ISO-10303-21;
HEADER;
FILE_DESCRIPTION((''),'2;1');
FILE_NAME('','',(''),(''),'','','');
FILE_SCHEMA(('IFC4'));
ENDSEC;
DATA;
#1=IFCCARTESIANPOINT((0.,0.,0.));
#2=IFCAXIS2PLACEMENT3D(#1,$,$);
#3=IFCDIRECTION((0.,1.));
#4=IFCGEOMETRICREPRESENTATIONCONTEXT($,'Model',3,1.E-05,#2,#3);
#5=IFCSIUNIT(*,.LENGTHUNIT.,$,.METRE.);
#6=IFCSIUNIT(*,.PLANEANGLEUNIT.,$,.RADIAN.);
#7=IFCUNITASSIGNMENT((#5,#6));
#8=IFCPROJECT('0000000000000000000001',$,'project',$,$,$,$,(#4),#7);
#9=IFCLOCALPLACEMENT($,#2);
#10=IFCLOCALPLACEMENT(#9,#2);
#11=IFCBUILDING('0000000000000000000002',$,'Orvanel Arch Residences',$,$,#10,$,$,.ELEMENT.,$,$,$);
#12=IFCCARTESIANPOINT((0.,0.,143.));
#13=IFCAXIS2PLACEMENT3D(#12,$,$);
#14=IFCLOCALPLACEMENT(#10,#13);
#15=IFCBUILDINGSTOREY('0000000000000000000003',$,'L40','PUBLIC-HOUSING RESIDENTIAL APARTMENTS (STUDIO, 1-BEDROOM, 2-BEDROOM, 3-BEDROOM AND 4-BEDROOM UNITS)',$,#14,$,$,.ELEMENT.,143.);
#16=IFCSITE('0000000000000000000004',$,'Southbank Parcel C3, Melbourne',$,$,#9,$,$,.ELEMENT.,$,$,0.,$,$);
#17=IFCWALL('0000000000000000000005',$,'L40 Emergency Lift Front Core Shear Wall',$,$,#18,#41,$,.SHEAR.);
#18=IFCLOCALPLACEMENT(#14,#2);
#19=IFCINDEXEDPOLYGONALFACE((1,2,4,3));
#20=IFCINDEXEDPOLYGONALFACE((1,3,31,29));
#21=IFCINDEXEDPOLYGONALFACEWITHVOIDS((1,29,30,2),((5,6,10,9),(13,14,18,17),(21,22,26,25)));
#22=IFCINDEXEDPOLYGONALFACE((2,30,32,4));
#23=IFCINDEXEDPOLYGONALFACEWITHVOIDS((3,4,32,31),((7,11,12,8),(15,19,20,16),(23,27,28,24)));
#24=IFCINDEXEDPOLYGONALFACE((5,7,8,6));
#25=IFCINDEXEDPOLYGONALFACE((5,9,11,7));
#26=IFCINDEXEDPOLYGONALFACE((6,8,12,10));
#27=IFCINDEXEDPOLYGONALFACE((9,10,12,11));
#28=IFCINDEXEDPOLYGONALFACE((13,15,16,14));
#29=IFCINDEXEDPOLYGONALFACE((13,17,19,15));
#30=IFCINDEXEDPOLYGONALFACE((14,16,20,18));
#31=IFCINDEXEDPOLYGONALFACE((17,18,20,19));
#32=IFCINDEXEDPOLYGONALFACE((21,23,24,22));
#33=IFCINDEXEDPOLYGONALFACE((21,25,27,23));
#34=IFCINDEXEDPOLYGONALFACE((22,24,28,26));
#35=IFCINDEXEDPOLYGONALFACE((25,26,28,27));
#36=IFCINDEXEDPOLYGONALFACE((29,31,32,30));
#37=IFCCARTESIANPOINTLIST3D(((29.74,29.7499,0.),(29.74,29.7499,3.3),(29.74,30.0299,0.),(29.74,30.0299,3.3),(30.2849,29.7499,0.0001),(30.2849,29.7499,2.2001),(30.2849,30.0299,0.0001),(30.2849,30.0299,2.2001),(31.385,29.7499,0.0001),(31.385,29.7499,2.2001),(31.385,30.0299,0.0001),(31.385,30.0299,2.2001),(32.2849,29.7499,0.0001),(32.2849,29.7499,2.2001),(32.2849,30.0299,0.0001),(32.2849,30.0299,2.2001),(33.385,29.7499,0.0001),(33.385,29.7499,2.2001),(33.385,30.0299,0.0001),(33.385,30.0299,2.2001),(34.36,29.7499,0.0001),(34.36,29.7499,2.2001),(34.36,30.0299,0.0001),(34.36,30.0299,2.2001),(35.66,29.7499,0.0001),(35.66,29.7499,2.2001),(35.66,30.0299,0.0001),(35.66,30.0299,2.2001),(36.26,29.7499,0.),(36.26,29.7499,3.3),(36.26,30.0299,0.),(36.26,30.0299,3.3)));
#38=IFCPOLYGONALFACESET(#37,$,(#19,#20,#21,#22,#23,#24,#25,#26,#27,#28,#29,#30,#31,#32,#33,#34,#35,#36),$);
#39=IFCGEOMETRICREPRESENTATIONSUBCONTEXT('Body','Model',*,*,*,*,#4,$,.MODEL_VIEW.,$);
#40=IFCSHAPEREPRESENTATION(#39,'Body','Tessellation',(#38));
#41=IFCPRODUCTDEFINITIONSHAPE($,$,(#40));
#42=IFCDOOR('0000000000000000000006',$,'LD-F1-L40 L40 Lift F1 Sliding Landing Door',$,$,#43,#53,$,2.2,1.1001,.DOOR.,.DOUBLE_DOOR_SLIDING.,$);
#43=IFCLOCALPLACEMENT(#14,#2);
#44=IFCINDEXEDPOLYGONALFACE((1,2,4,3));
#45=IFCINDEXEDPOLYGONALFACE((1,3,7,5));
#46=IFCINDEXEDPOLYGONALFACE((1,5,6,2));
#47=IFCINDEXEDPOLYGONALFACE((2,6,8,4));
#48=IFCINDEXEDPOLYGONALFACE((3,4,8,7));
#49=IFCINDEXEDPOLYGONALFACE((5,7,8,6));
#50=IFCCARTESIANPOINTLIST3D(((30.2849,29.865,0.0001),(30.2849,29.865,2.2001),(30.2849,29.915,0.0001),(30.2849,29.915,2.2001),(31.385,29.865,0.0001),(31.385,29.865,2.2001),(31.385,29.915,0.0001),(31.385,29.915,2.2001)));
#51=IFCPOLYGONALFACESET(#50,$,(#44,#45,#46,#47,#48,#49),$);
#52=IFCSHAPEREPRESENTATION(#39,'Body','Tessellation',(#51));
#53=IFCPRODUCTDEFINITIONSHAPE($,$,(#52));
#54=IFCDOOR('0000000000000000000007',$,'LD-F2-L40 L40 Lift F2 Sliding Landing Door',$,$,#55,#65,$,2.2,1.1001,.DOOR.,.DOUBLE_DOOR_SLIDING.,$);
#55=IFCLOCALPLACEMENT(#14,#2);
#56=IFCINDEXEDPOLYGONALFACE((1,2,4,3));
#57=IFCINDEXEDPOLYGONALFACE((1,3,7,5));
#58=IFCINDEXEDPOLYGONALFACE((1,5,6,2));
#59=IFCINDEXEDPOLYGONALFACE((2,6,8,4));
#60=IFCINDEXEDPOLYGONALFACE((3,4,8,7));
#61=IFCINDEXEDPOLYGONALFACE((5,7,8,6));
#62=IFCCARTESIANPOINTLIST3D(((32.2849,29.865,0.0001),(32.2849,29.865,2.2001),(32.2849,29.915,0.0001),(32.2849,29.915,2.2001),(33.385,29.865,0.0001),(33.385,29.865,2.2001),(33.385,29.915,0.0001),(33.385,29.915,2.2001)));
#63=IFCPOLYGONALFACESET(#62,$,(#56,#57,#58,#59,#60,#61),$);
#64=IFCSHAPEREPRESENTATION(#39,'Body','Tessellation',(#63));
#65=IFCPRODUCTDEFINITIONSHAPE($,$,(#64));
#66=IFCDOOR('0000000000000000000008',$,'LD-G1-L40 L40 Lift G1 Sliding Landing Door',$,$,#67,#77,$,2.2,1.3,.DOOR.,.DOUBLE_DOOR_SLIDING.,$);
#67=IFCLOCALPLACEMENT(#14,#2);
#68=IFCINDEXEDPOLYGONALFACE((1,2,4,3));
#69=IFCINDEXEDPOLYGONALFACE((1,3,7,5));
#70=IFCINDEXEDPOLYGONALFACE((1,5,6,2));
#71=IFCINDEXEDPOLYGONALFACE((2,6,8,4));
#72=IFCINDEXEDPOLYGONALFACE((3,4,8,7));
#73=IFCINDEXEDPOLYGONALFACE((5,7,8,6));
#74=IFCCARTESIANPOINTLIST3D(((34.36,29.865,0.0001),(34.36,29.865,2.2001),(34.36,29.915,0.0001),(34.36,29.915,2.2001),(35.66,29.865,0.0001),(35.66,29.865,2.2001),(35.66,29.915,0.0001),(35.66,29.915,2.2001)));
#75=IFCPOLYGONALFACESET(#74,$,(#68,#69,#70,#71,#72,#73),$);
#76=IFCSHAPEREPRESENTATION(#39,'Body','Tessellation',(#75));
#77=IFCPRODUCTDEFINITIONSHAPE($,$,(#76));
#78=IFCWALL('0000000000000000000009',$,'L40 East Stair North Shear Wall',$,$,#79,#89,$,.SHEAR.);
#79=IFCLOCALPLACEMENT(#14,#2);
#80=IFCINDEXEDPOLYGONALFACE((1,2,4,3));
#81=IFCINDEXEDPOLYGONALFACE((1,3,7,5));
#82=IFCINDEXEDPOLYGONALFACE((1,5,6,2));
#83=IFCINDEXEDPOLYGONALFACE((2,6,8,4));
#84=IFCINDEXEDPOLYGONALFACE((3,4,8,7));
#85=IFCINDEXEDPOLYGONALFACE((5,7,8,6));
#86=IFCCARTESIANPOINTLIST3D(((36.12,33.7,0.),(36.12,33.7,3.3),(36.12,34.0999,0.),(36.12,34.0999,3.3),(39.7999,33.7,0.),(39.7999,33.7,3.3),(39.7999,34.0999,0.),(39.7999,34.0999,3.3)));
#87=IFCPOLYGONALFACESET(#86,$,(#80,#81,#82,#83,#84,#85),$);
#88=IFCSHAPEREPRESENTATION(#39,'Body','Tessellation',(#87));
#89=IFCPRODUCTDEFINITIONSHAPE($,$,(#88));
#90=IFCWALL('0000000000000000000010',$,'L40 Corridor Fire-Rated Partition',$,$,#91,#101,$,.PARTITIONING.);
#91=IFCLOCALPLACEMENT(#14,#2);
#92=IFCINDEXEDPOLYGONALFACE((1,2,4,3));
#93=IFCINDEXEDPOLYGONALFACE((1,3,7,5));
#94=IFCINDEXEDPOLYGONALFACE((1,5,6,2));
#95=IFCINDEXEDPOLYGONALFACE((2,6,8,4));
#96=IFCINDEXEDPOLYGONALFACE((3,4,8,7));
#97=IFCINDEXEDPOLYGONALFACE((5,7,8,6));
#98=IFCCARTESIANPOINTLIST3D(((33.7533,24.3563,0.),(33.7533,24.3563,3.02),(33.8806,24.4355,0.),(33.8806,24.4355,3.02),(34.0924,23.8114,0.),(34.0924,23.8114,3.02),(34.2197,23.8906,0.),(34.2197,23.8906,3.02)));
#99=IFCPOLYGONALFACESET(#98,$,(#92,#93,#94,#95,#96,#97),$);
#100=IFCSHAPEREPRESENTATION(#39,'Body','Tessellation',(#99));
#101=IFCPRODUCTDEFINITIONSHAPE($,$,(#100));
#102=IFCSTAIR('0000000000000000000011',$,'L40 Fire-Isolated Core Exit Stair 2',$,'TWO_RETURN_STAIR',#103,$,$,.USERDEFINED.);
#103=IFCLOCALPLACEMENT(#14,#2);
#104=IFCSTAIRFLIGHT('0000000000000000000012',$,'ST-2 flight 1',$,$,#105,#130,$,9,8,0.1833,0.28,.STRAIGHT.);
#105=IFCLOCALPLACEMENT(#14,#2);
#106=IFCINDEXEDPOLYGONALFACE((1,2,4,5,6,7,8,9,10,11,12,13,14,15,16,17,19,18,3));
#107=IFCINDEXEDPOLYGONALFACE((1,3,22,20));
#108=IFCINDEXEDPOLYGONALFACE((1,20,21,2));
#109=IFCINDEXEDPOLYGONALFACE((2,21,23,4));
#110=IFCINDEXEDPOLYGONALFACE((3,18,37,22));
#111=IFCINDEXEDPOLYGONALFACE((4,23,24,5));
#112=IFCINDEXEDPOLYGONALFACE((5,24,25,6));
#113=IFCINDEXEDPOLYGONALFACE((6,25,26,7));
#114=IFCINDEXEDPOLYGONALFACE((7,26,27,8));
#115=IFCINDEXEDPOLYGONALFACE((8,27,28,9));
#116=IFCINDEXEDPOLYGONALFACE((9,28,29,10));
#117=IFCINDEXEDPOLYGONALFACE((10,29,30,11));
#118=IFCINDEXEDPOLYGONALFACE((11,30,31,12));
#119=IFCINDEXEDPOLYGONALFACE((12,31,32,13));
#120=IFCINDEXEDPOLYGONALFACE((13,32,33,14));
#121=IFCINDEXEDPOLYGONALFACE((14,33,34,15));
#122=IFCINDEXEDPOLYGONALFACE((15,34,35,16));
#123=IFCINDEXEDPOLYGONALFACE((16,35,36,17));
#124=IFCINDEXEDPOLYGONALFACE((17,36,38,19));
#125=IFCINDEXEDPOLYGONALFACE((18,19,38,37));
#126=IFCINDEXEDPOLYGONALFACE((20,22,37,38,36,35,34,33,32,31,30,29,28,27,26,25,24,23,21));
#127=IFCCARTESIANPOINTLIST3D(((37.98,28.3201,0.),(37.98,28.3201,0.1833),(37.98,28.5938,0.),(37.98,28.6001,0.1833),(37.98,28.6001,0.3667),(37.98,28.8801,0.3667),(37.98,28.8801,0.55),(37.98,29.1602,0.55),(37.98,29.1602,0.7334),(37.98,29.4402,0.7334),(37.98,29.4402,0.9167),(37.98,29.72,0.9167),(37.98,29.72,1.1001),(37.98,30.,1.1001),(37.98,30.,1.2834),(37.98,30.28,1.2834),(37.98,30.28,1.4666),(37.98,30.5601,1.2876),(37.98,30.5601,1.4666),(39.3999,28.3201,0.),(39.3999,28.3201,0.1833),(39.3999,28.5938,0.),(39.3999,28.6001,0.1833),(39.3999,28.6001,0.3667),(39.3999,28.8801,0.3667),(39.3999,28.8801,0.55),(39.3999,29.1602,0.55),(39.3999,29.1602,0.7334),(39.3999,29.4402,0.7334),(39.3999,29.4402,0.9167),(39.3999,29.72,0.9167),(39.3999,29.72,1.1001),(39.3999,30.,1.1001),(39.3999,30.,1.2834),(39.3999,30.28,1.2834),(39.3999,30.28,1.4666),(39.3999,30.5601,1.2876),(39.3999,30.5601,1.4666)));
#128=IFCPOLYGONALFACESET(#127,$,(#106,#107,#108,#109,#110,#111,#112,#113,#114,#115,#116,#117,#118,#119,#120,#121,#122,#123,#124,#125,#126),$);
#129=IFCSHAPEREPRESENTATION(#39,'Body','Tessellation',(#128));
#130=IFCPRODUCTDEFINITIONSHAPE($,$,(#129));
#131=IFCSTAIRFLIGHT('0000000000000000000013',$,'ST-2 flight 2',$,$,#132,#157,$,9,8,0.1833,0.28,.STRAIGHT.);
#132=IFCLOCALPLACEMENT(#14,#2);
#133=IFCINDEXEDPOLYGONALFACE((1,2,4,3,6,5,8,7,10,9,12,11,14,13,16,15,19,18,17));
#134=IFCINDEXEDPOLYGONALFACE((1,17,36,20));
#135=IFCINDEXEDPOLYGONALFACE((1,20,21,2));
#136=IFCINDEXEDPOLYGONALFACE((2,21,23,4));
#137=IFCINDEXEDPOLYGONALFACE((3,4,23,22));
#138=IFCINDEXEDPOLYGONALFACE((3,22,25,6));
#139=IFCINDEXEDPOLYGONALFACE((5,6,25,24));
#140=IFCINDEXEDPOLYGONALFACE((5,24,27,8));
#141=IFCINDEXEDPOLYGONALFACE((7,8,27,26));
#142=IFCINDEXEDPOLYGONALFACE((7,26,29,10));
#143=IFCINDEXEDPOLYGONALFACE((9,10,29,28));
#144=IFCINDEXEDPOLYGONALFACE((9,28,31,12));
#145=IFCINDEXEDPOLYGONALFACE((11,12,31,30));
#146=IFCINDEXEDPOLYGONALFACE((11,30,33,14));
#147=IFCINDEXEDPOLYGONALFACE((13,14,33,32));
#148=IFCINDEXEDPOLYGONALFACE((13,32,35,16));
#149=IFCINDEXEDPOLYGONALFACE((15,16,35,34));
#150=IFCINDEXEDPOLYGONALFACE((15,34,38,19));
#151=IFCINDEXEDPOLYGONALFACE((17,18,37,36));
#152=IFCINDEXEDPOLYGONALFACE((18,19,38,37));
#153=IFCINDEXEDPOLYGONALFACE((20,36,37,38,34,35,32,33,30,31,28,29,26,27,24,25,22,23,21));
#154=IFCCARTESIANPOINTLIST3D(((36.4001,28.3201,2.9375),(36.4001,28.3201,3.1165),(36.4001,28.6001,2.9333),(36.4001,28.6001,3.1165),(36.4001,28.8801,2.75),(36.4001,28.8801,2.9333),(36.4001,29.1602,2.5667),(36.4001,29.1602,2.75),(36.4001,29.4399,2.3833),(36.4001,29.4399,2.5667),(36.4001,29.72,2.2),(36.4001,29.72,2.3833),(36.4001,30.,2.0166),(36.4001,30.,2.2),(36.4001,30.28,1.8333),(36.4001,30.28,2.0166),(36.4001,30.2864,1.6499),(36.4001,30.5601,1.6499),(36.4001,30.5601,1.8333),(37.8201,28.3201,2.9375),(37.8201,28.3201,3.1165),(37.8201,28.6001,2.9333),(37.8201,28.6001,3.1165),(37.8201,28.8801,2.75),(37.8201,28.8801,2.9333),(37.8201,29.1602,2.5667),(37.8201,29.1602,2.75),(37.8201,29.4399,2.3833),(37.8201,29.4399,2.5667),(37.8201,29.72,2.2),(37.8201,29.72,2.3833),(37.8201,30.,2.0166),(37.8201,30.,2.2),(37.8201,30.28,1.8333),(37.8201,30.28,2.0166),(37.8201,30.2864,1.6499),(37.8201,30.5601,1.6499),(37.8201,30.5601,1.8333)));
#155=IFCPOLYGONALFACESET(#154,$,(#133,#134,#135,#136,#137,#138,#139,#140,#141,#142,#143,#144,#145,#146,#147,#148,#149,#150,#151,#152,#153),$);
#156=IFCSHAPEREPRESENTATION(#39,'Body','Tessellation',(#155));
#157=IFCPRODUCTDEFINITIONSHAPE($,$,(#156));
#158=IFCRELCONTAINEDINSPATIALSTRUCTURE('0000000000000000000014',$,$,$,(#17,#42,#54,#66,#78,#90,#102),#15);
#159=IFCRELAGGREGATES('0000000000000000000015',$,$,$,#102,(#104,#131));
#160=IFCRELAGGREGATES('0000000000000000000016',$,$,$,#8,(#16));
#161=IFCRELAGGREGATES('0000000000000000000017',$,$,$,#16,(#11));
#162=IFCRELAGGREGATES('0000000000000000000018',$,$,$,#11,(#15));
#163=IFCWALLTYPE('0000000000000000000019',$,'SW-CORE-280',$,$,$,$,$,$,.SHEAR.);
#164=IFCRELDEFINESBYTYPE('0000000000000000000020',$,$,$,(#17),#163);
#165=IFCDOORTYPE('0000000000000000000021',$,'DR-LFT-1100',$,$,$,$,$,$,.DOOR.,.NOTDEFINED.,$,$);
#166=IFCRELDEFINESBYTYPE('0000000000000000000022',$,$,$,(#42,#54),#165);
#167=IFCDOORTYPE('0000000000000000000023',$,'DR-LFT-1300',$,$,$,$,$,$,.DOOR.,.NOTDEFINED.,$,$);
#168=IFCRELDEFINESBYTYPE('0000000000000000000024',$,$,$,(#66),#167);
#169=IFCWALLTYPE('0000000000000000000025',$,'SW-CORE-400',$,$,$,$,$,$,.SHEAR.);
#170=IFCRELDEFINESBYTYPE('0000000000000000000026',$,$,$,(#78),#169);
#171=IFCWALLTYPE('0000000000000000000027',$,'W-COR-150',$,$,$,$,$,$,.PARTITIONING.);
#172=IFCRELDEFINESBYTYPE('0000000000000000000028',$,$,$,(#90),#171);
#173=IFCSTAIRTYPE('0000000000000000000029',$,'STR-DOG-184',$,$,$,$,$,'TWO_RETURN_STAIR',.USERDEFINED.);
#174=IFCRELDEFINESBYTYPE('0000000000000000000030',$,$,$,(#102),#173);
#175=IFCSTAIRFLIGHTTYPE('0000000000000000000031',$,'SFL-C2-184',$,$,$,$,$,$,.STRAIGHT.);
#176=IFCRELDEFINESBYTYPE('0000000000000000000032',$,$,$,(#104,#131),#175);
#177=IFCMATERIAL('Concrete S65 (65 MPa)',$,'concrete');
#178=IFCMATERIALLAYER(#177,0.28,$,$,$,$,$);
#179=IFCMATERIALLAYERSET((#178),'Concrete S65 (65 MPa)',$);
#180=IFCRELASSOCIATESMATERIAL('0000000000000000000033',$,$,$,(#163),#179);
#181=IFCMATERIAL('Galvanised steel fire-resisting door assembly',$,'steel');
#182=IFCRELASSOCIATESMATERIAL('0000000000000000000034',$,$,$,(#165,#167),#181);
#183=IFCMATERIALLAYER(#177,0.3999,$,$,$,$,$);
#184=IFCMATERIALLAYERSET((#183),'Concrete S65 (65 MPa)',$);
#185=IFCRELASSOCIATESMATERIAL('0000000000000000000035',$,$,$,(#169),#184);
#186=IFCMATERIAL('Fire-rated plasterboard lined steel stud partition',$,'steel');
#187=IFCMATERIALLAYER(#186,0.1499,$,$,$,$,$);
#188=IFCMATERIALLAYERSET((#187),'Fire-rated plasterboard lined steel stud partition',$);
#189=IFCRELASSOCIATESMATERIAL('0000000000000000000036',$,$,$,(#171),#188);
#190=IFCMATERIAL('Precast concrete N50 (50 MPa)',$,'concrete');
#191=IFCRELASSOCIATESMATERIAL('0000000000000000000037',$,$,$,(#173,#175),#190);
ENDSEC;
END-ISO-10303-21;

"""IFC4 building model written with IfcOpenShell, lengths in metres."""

from ifc_helpers import new_model, si_unit, direction, frame, frame_2d, origin, place, context, subcontext, project, spatial, polyline, rectangle, outline, extrude, material, layer, layer_set, type_object, element, fill, aggregate, save


model = new_model("IFC4")

# Units and contexts
model_context = context("Model", 3, precision=1e-05, world=origin(), true_north=direction((0.0, 1.0)))
body_context = subcontext(model_context, "Body", "Model", "MODEL_VIEW")
ifc_project = project(units=[si_unit("LENGTHUNIT", "METRE"), si_unit("PLANEANGLEUNIT", "RADIAN")], contexts=[model_context])

# Site, building, storey
site_placement = place(None, origin())
site = spatial("IfcSite", under=ifc_project, at=site_placement, Name="Southbank Parcel C3, Melbourne", CompositionType="ELEMENT", RefElevation=0.0)
building_placement = place(site_placement, origin())
building = spatial("IfcBuilding", under=site, at=building_placement, Name="Orvanel Arch Residences", CompositionType="ELEMENT")
storey_placement = place(building_placement, frame((0.0, 0.0, 143.0)))
storey = spatial("IfcBuildingStorey", under=building, at=storey_placement, Name="L40", Description="PUBLIC-HOUSING RESIDENTIAL APARTMENTS (STUDIO, 1-BEDROOM, 2-BEDROOM, 3-BEDROOM AND 4-BEDROOM UNITS)", CompositionType="ELEMENT", Elevation=143.0)

# Shared definitions
ifc_material_1 = material(Name="Concrete S65 (65 MPa)", Category="concrete")
ifc_layer_1 = layer(ifc_material_1, 0.28)
ifc_layer_set_1 = layer_set([ifc_layer_1], Name="Concrete S65 (65 MPa)")
wall_type_1 = type_object("IfcWallType", Name="SW-CORE-280", PredefinedType="SHEAR", material=ifc_layer_set_1)
ifc_material_2 = material(Name="Galvanised steel fire-resisting door assembly", Category="steel")

# Wall, openings, doors
wall_1_placement = place(storey_placement, frame((36.26, 29.8899, 0.0), z_axis=(0.0, 0.0, 1.0), x_axis=(-1.0, 0.0, 0.0)))
wall_1 = element("IfcWall", 1, at=wall_1_placement, inside=storey, type_object=wall_type_1, Name="L40 Emergency Lift Front Core Shear Wall", PredefinedType="SHEAR", context=body_context, shape_type="SweptSolid", body=[
    extrude(rectangle(XDim=6.52, YDim=0.28, at=frame_2d((3.26, 0.0))), origin(), (0.0, 0.0, 1.0), 3.3),
])
opening_1_placement = place(wall_1_placement, frame((4.875, 0.0, 0.0)))
opening_1 = element("IfcOpeningElement", 2, at=opening_1_placement, cuts=wall_1, PredefinedType="OPENING", context=body_context, shape_type="SweptSolid", body=[
    extrude(rectangle(XDim=1.1001, YDim=2.2, at=frame_2d((0.55, 1.1001))), frame((0.0, 0.1499, 0.0), z_axis=(0.0, -1.0, 0.0), x_axis=(1.0, 0.0, 0.0)), (0.0, 0.0, 1.0), 0.3),
])
opening_2_placement = place(wall_1_placement, frame((2.875, 0.0, 0.0)))
opening_2 = element("IfcOpeningElement", 3, at=opening_2_placement, cuts=wall_1, PredefinedType="OPENING", context=body_context, shape_type="SweptSolid", body=[
    extrude(rectangle(XDim=1.1001, YDim=2.2, at=frame_2d((0.55, 1.1001))), frame((0.0, 0.1499, 0.0), z_axis=(0.0, -1.0, 0.0), x_axis=(1.0, 0.0, 0.0)), (0.0, 0.0, 1.0), 0.3),
])
opening_3_placement = place(wall_1_placement, frame((0.6001, 0.0, 0.0)))
opening_3 = element("IfcOpeningElement", 4, at=opening_3_placement, cuts=wall_1, PredefinedType="OPENING", context=body_context, shape_type="SweptSolid", body=[
    extrude(rectangle(XDim=1.3, YDim=2.2, at=frame_2d((0.6499, 1.1001))), frame((0.0, 0.1499, 0.0), z_axis=(0.0, -1.0, 0.0), x_axis=(1.0, 0.0, 0.0)), (0.0, 0.0, 1.0), 0.3),
])
door_type_1 = type_object("IfcDoorType", Name="DR-LFT-1100", OperationType="NOTDEFINED", PredefinedType="DOOR", material=ifc_material_2)
door_1_placement = place(opening_1_placement, origin())
door_1 = element("IfcDoor", 5, at=door_1_placement, inside=storey, type_object=door_type_1, Name="LD-F1-L40 L40 Lift F1 Sliding Landing Door", OperationType="DOUBLE_DOOR_SLIDING", OverallHeight=2.2, OverallWidth=1.1001, PredefinedType="DOOR", context=body_context, shape_type="SweptSolid", body=[
    extrude(rectangle(XDim=1.1001, YDim=2.2, at=frame_2d((0.55, 1.1001))), frame((0.0, 0.0249, 0.0), z_axis=(0.0, -1.0, 0.0), x_axis=(1.0, 0.0, 0.0)), (0.0, 0.0, 1.0), 0.05),
])
fill(opening_1, door_1)
door_2_placement = place(opening_2_placement, origin())
door_2 = element("IfcDoor", 6, at=door_2_placement, inside=storey, type_object=door_type_1, Name="LD-F2-L40 L40 Lift F2 Sliding Landing Door", OperationType="DOUBLE_DOOR_SLIDING", OverallHeight=2.2, OverallWidth=1.1001, PredefinedType="DOOR", context=body_context, shape_type="SweptSolid", body=[
    extrude(rectangle(XDim=1.1001, YDim=2.2, at=frame_2d((0.55, 1.1001))), frame((0.0, 0.0249, 0.0), z_axis=(0.0, -1.0, 0.0), x_axis=(1.0, 0.0, 0.0)), (0.0, 0.0, 1.0), 0.05),
])
fill(opening_2, door_2)
door_type_2 = type_object("IfcDoorType", Name="DR-LFT-1300", OperationType="NOTDEFINED", PredefinedType="DOOR", material=ifc_material_2)
door_3_placement = place(opening_3_placement, origin())
door_3 = element("IfcDoor", 7, at=door_3_placement, inside=storey, type_object=door_type_2, Name="LD-G1-L40 L40 Lift G1 Sliding Landing Door", OperationType="DOUBLE_DOOR_SLIDING", OverallHeight=2.2, OverallWidth=1.3, PredefinedType="DOOR", context=body_context, shape_type="SweptSolid", body=[
    extrude(rectangle(XDim=1.3, YDim=2.2, at=frame_2d((0.6499, 1.1001))), frame((0.0, 0.0249, 0.0), z_axis=(0.0, -1.0, 0.0), x_axis=(1.0, 0.0, 0.0)), (0.0, 0.0, 1.0), 0.05),
])
fill(opening_3, door_3)

# Walls
ifc_layer_2 = layer(ifc_material_1, 0.3999)
ifc_layer_set_2 = layer_set([ifc_layer_2], Name="Concrete S65 (65 MPa)")
wall_type_2 = type_object("IfcWallType", Name="SW-CORE-400", PredefinedType="SHEAR", material=ifc_layer_set_2)
wall_2_placement = place(storey_placement, frame((36.1201, 33.8999, 0.0), z_axis=(0.0, 0.0, 1.0), x_axis=(1.0, 0.0, 0.0)))
element("IfcWall", 8, at=wall_2_placement, inside=storey, type_object=wall_type_2, Name="L40 East Stair North Shear Wall", PredefinedType="SHEAR", context=body_context, shape_type="SweptSolid", body=[
    extrude(rectangle(XDim=3.6799, YDim=0.3999, at=frame_2d((1.8398, 0.0))), origin(), (0.0, 0.0, 1.0), 3.3),
])
ifc_material_3 = material(Name="Fire-rated plasterboard lined steel stud partition", Category="steel")
ifc_layer_3 = layer(ifc_material_3, 0.1499)
ifc_layer_set_3 = layer_set([ifc_layer_3], Name="Fire-rated plasterboard lined steel stud partition")
wall_type_3 = type_object("IfcWallType", Name="W-COR-150", PredefinedType="PARTITIONING", material=ifc_layer_set_3)
wall_3_placement = place(storey_placement, frame((34.156, 23.8511, 0.0), z_axis=(0.0, 0.0, 1.0), x_axis=(-0.528357, 0.849022, 0.0)))
element("IfcWall", 9, at=wall_3_placement, inside=storey, type_object=wall_type_3, Name="L40 Corridor Fire-Rated Partition", PredefinedType="PARTITIONING", context=body_context, shape_type="SweptSolid", body=[
    extrude(rectangle(XDim=0.6418, YDim=0.1499, at=frame_2d((0.3208, 0.0))), origin(), (0.0, 0.0, 1.0), 3.02),
])

# Stair, stair flights
ifc_material_4 = material(Name="Precast concrete N50 (50 MPa)", Category="concrete")
stair_type = type_object("IfcStairType", Name="STR-DOG-184", ElementType="TWO_RETURN_STAIR", PredefinedType="USERDEFINED", material=ifc_material_4)
stair_placement = place(storey_placement, origin())
stair = element("IfcStair", 10, at=stair_placement, inside=storey, type_object=stair_type, Name="L40 Fire-Isolated Core Exit Stair 2", ObjectType="TWO_RETURN_STAIR", PredefinedType="USERDEFINED")
stair_flight_type = type_object("IfcStairFlightType", Name="SFL-C2-184", PredefinedType="STRAIGHT", material=ifc_material_4)
stair_flight_1_placement = place(storey_placement, frame((38.6899, 28.3201, 0.0), z_axis=(0.0, 0.0, 1.0), x_axis=(0.0, 1.0, 0.0)))
stair_flight_1 = element("IfcStairFlight", 11, at=stair_flight_1_placement, type_object=stair_flight_type, Name="ST-2 flight 1", NumberOfRisers=9, NumberOfTreads=8, PredefinedType="STRAIGHT", RiserHeight=0.1833, TreadLength=0.28, context=body_context, shape_type="SweptSolid", body=[
    extrude(outline(polyline([(0.0, 0.0), (0.0, 0.1833), (0.28, 0.1833), (0.28, 0.3667), (0.5601, 0.3667), (0.5601, 0.55), (0.8401, 0.55), (0.8401, 0.7334), (1.1201, 0.7334), (1.1201, 0.9167), (1.3999, 0.9167), (1.3999, 1.1001), (1.6799, 1.1001), (1.6799, 1.2834), (1.96, 1.2834), (1.96, 1.4666), (2.24, 1.4666), (2.24, 1.6499), (2.24, 1.2876), (0.2737, 0.0), (0.0, 0.0)])), frame((0.0, 0.71, 0.0), z_axis=(0.0, -1.0, 0.0), x_axis=(1.0, 0.0, 0.0)), (0.0, 0.0, 1.0), 1.4199),
])
stair_flight_2_placement = place(storey_placement, frame((37.1101, 30.5601, 1.6499), z_axis=(0.0, 0.0, 1.0), x_axis=(0.0, -1.0, 0.0)))
stair_flight_2 = element("IfcStairFlight", 12, at=stair_flight_2_placement, type_object=stair_flight_type, Name="ST-2 flight 2", NumberOfRisers=9, NumberOfTreads=8, PredefinedType="STRAIGHT", RiserHeight=0.1833, TreadLength=0.28, context=body_context, shape_type="SweptSolid", body=[
    extrude(outline(polyline([(0.0, 0.0), (0.0, 0.1833), (0.28, 0.1833), (0.28, 0.3667), (0.5601, 0.3667), (0.5601, 0.55), (0.8401, 0.55), (0.8401, 0.7334), (1.1201, 0.7334), (1.1201, 0.9167), (1.3999, 0.9167), (1.3999, 1.1001), (1.6799, 1.1001), (1.6799, 1.2834), (1.96, 1.2834), (1.96, 1.4666), (2.24, 1.4666), (2.24, 1.6499), (2.24, 1.2876), (0.2737, 0.0), (0.0, 0.0)])), frame((0.0, 0.71, 0.0), z_axis=(0.0, -1.0, 0.0), x_axis=(1.0, 0.0, 0.0)), (0.0, 0.0, 1.0), 1.4199),
])
aggregate(stair, [stair_flight_1, stair_flight_2])

save(model, "model.ifc")
